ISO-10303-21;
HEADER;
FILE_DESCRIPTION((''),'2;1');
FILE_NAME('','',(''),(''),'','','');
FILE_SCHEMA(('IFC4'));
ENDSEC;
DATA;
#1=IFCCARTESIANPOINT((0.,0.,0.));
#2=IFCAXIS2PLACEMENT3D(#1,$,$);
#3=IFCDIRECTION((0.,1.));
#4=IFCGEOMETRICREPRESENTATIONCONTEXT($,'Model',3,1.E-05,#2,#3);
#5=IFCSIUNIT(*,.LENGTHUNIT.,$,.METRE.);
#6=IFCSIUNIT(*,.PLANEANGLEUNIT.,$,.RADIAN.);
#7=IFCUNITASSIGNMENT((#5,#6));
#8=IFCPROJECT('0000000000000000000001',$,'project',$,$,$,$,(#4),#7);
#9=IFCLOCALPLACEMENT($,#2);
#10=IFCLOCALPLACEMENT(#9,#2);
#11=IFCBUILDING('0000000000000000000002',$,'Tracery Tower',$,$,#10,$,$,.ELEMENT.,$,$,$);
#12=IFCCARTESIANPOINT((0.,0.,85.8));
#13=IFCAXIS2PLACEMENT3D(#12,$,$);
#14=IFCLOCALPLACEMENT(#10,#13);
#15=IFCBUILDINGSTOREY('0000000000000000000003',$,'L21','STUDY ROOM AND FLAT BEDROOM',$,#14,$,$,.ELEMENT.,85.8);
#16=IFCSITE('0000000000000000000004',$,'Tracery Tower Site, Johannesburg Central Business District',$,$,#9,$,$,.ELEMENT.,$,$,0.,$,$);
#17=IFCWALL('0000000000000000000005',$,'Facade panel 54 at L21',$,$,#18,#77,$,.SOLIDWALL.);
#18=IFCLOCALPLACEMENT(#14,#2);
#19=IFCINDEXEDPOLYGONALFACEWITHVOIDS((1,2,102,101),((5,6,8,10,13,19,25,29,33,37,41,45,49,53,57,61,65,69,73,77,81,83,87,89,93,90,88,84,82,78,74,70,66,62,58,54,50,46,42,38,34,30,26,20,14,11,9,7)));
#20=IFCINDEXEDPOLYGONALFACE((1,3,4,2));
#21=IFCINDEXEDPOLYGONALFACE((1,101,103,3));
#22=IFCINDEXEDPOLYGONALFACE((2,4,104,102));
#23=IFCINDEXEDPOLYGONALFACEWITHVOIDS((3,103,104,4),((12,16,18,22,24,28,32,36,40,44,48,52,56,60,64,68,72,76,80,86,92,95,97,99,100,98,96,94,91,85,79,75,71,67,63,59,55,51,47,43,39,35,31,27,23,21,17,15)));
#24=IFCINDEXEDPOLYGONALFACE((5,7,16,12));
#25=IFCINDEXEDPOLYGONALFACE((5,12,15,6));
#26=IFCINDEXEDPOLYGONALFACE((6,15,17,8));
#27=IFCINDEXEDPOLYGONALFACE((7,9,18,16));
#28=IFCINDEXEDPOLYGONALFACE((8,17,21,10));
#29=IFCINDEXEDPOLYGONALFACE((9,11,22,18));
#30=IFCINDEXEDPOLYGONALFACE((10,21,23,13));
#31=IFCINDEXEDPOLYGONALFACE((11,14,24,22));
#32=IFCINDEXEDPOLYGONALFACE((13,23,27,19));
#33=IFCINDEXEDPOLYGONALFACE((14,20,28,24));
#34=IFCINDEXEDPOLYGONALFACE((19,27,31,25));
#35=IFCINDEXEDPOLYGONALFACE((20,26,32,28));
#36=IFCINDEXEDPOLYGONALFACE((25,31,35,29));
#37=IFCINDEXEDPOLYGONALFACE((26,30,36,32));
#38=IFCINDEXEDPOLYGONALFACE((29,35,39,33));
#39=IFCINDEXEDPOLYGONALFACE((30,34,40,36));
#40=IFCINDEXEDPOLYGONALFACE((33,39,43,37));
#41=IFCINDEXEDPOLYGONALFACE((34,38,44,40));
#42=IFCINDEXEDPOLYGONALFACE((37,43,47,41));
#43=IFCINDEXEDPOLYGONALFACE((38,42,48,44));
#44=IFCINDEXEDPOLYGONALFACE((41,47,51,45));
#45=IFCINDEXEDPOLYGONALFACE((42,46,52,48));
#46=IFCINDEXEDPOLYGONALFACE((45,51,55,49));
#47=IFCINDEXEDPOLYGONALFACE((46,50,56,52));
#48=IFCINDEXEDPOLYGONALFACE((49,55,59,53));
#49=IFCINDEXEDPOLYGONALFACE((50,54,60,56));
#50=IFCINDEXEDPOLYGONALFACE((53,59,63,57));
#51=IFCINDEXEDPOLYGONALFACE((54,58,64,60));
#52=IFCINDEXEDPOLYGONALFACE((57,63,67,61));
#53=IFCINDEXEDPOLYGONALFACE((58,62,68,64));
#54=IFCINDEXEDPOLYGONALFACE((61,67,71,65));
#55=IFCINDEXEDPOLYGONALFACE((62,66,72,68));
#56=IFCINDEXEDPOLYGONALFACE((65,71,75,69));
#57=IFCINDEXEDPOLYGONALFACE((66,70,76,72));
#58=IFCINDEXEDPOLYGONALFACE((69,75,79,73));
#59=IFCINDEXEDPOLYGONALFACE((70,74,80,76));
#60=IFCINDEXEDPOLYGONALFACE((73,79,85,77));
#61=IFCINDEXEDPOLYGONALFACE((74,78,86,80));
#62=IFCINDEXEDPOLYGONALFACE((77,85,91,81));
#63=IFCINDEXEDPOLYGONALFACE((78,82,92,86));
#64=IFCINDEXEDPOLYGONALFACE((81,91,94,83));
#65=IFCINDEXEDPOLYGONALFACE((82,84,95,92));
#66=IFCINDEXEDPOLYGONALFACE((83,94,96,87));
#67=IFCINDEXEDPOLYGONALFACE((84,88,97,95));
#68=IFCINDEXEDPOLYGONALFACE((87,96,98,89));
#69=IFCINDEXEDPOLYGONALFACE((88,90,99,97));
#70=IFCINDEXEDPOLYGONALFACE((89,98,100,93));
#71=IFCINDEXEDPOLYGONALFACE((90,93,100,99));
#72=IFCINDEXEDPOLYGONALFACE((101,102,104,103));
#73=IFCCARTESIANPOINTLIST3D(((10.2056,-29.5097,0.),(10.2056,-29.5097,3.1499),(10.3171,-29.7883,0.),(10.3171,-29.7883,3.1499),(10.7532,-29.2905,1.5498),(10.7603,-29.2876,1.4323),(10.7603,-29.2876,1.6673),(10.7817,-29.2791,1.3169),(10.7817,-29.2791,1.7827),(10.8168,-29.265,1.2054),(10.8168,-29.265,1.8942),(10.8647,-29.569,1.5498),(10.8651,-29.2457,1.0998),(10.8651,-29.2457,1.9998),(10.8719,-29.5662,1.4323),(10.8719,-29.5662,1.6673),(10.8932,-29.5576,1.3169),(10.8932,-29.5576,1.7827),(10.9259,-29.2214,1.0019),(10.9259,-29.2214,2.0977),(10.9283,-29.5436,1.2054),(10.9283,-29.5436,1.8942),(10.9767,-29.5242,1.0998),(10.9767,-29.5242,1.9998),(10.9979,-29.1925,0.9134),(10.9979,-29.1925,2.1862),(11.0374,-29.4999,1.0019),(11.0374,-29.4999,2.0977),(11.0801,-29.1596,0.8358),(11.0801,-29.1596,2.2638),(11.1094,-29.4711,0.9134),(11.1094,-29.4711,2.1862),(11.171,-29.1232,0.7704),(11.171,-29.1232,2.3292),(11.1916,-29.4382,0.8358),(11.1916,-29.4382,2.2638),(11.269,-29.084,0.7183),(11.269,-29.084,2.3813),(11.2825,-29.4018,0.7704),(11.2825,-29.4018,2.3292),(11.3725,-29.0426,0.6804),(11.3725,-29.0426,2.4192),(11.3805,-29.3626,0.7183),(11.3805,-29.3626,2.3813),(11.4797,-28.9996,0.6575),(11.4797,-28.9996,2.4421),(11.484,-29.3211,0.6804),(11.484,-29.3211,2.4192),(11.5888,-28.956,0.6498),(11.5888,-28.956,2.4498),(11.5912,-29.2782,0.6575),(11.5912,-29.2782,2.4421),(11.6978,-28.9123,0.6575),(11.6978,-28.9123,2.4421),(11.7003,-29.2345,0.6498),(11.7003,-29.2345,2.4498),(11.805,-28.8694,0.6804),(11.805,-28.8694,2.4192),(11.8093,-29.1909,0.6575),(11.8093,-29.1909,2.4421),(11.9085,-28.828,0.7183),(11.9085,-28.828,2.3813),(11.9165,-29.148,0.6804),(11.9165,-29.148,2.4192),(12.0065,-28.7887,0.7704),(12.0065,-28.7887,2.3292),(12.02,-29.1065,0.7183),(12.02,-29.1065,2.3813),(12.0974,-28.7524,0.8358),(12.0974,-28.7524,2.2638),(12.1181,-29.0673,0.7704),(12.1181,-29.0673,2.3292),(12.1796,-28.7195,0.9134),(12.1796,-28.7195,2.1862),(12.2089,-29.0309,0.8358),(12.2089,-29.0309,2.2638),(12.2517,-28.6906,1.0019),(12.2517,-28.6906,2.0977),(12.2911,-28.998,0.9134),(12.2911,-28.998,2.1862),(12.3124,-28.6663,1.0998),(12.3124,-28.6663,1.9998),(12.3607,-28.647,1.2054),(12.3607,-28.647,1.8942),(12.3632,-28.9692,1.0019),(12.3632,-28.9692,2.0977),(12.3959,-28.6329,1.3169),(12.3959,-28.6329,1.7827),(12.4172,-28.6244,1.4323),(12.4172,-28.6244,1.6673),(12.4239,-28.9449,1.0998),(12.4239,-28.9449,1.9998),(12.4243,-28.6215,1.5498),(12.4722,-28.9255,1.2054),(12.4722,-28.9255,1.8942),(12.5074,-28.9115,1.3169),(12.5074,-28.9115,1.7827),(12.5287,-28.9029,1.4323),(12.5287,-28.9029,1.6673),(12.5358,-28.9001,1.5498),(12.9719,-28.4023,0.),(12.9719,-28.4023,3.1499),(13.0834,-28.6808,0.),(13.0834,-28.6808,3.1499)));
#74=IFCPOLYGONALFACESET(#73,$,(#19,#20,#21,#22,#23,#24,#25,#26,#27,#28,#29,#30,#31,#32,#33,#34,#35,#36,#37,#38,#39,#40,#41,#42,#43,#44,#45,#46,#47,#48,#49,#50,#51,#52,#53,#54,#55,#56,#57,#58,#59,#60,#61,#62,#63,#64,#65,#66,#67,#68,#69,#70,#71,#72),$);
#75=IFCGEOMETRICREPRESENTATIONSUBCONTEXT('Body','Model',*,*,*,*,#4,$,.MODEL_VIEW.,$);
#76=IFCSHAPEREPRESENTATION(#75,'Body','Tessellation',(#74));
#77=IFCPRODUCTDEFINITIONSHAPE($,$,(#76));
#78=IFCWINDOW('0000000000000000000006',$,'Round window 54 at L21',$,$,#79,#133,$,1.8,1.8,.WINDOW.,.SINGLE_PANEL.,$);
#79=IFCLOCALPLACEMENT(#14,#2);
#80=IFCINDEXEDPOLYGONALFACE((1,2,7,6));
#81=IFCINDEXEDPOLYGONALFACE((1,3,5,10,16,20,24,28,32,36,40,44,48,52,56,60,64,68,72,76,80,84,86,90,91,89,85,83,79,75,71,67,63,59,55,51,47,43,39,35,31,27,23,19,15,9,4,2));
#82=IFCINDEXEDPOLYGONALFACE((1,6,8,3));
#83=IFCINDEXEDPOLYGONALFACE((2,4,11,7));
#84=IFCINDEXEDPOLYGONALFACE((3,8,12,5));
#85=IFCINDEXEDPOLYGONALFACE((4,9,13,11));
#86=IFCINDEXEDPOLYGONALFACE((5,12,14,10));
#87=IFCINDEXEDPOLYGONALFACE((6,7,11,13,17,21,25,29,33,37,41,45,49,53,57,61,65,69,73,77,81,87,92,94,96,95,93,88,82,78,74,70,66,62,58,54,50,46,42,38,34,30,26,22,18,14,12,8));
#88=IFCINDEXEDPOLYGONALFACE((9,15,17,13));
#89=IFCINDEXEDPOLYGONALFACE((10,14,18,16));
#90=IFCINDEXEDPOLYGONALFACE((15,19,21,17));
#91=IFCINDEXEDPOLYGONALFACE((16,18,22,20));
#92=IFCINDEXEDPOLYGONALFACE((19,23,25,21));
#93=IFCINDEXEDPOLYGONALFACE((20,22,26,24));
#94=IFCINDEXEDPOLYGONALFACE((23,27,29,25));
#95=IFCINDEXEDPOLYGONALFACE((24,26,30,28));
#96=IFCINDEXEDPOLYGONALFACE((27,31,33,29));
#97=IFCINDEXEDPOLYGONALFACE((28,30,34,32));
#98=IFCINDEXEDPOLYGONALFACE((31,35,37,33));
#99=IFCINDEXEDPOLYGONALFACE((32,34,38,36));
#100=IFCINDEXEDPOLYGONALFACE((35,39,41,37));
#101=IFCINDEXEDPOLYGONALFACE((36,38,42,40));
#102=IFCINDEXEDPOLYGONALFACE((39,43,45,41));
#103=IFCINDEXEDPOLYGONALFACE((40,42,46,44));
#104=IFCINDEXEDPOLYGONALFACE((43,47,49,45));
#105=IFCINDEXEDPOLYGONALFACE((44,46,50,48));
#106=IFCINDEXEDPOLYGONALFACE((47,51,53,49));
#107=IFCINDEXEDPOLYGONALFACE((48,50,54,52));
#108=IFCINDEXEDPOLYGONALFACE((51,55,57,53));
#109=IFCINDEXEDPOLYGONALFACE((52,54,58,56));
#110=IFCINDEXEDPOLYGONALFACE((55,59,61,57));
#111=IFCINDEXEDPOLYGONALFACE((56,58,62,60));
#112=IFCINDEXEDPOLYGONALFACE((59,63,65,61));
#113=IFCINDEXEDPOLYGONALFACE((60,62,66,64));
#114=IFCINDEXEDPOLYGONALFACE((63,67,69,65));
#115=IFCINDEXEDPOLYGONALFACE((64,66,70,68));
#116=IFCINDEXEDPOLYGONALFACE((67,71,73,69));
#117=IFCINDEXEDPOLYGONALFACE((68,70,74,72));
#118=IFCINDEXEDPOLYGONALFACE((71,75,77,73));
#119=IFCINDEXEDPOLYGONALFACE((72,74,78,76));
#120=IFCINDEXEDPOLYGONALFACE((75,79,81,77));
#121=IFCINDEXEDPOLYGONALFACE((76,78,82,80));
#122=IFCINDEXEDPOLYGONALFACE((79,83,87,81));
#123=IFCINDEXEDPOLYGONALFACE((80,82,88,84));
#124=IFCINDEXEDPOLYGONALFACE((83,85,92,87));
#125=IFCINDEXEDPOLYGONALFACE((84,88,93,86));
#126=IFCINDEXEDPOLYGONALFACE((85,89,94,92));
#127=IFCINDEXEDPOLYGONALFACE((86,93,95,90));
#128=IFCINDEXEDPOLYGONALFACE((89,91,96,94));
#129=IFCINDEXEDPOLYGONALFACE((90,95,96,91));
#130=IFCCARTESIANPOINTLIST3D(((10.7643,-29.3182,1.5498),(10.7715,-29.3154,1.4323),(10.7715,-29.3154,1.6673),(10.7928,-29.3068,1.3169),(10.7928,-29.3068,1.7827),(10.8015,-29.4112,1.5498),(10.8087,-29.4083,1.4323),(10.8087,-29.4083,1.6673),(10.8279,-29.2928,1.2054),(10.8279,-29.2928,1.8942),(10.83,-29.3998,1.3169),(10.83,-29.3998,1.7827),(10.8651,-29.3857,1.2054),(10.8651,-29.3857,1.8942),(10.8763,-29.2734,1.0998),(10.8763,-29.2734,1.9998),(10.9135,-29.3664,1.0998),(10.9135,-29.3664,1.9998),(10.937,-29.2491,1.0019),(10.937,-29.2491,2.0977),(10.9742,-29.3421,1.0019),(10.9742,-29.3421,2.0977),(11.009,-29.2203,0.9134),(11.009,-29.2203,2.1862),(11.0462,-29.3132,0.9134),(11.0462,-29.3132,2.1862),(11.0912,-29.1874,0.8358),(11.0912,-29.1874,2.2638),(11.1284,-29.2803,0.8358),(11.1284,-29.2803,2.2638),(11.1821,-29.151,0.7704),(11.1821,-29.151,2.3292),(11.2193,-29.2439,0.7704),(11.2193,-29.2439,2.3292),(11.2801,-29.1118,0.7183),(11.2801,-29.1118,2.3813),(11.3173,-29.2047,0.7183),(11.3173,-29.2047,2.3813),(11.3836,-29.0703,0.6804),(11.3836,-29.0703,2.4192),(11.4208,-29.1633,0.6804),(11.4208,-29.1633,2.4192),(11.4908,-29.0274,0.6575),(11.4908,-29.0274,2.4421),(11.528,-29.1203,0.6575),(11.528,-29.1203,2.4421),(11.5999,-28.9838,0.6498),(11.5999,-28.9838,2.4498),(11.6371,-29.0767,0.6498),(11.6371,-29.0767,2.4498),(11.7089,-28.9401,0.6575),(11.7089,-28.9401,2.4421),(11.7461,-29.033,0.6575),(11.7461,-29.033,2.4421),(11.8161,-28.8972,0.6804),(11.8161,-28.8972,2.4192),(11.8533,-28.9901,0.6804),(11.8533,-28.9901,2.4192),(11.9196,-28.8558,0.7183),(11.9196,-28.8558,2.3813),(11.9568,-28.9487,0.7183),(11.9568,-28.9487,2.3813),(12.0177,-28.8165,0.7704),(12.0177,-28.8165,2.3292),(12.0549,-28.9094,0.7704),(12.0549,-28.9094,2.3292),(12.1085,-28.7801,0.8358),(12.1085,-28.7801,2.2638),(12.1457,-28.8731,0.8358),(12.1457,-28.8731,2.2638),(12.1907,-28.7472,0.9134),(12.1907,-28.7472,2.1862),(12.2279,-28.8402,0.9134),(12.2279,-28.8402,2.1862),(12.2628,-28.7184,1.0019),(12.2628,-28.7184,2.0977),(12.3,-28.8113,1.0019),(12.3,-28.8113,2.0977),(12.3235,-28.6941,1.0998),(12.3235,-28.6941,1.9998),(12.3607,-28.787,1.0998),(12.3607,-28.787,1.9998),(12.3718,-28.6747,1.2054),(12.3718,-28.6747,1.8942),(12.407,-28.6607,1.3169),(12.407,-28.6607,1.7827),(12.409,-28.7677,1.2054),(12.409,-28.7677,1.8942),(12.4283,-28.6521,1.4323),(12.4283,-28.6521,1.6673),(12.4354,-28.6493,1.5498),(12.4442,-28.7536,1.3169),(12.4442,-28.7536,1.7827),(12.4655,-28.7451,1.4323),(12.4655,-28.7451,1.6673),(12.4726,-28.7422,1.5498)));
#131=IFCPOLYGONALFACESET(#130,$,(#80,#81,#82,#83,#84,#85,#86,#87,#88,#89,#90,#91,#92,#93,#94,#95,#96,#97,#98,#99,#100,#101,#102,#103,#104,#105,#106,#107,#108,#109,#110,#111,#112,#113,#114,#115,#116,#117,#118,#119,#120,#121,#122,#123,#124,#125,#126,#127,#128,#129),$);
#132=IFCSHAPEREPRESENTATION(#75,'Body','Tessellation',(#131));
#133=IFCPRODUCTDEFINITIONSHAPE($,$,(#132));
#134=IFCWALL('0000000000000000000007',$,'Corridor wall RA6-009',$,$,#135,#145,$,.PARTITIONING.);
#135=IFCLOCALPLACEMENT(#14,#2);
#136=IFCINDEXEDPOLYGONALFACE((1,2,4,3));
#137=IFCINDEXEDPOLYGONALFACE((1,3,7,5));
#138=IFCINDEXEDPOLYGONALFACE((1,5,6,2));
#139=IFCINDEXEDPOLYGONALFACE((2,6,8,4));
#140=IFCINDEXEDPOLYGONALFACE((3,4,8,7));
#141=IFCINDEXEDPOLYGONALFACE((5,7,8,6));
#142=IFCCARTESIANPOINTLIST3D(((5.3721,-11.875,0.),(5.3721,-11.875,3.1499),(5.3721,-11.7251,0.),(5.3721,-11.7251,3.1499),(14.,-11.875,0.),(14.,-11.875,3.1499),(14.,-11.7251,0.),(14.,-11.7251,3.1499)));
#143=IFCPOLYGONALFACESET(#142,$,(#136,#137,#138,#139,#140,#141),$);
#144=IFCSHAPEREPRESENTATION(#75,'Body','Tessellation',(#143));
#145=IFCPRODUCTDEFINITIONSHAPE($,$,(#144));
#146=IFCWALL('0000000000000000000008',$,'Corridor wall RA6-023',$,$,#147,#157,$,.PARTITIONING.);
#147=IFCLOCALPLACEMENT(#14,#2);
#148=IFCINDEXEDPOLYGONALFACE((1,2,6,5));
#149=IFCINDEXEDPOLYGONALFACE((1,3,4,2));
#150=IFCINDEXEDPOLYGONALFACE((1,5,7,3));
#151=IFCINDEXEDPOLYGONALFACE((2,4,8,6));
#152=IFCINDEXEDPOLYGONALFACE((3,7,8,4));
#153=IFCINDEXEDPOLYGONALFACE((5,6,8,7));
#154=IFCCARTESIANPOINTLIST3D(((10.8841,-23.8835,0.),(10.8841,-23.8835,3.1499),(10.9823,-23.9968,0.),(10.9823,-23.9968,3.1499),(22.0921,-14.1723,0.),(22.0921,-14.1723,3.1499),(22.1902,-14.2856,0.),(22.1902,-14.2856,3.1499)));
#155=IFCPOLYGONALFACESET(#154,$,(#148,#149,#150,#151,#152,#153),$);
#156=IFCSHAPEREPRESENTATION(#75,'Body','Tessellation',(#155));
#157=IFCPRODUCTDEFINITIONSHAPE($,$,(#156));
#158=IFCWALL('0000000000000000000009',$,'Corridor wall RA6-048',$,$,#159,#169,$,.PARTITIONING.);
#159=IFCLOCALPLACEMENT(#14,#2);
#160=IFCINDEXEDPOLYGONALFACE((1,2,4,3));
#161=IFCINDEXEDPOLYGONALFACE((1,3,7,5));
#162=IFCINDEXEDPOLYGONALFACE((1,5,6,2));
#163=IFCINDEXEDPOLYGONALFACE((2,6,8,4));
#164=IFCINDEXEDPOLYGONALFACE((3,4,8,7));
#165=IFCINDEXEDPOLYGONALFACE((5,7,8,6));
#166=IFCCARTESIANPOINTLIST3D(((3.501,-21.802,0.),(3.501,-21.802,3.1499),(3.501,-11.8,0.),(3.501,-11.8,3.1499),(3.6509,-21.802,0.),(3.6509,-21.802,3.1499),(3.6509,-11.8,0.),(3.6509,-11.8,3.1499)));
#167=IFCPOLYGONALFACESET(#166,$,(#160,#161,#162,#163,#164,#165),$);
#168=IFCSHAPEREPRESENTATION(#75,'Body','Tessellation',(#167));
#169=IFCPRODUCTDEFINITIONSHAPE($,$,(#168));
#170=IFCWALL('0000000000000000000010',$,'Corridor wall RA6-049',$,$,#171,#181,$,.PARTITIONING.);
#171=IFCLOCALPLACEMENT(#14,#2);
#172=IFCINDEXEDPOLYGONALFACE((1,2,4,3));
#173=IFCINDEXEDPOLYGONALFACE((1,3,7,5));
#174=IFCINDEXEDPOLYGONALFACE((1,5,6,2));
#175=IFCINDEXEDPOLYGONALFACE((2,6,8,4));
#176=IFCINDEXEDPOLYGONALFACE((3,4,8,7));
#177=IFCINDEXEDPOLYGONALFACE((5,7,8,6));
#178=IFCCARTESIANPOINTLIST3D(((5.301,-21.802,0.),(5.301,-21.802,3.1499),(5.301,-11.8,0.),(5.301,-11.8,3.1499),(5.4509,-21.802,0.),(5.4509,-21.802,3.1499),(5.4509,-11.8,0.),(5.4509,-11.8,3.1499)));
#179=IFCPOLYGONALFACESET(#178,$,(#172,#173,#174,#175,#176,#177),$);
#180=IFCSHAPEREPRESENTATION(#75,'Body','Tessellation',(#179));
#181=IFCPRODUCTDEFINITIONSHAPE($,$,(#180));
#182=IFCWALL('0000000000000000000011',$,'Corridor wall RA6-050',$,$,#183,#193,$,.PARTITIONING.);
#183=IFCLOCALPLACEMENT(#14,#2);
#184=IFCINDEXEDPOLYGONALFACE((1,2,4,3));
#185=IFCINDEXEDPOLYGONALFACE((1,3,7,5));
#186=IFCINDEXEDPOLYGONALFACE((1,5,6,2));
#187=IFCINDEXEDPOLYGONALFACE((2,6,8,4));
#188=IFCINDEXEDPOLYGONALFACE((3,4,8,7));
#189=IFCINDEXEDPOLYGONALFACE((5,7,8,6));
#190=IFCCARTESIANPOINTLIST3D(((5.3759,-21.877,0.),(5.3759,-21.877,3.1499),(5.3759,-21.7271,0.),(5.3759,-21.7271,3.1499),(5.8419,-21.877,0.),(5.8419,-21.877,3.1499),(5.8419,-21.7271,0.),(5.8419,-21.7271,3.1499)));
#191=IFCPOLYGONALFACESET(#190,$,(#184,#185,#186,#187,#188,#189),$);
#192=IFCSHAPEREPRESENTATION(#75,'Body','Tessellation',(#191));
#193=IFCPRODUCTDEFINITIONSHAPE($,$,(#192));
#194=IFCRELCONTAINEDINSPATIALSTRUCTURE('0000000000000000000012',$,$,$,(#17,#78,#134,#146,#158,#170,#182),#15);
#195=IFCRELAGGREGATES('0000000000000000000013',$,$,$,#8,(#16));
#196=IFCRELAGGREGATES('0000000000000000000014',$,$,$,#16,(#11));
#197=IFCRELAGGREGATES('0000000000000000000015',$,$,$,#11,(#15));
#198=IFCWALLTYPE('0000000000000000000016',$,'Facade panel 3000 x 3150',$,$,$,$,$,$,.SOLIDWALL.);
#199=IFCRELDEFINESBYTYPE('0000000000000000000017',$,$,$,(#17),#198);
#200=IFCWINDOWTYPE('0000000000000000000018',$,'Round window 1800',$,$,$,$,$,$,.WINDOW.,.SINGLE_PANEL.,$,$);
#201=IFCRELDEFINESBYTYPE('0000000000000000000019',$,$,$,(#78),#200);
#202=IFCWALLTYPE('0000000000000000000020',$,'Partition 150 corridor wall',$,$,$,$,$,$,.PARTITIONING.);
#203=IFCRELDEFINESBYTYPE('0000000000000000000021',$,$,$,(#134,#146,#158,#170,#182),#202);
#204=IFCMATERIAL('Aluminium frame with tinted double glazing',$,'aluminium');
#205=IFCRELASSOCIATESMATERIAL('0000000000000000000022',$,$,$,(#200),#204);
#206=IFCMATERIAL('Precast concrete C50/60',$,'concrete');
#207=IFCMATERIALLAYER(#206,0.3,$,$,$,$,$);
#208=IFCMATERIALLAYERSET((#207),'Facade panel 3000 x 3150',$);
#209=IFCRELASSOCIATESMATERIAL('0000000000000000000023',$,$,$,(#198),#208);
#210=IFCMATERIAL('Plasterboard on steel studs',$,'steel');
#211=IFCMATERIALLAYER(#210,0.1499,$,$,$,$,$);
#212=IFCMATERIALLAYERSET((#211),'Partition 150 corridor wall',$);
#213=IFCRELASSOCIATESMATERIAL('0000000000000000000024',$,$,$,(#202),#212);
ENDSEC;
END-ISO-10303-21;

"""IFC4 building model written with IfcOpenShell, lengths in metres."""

from ifc_helpers import new_model, si_unit, direction, frame, frame_2d, origin, origin_2d, place, context, subcontext, project, spatial, rectangle, circle, extrude, material, layer, layer_set, type_object, element, fill, save


model = new_model("IFC4")

# Units and contexts
model_context = context("Model", 3, precision=1e-05, world=origin(), true_north=direction((0.0, 1.0)))
body_context = subcontext(model_context, "Body", "Model", "MODEL_VIEW")
ifc_project = project(units=[si_unit("LENGTHUNIT", "METRE"), si_unit("PLANEANGLEUNIT", "RADIAN")], contexts=[model_context])

# Site, building, storey
site_placement = place(None, origin())
site = spatial("IfcSite", under=ifc_project, at=site_placement, Name="Tracery Tower Site, Johannesburg Central Business District", CompositionType="ELEMENT", RefElevation=0.0)
building_placement = place(site_placement, origin())
building = spatial("IfcBuilding", under=site, at=building_placement, Name="Tracery Tower", CompositionType="ELEMENT")
storey_placement = place(building_placement, frame((0.0, 0.0, 85.8)))
storey = spatial("IfcBuildingStorey", under=building, at=storey_placement, Name="L21", Description="STUDY ROOM AND FLAT BEDROOM", CompositionType="ELEMENT", Elevation=85.8)

# Wall, opening, window
ifc_material_1 = material(Name="Aluminium frame with tinted double glazing", Category="aluminium")
window_type = type_object("IfcWindowType", Name="Round window 1800", PartitioningType="SINGLE_PANEL", PredefinedType="WINDOW", material=ifc_material_1)
ifc_material_2 = material(Name="Precast concrete C50/60", Category="concrete")
ifc_layer_1 = layer(ifc_material_2, 0.3)
ifc_layer_set_1 = layer_set([ifc_layer_1], Name="Facade panel 3000 x 3150")
wall_type_1 = type_object("IfcWallType", Name="Facade panel 3000 x 3150", PredefinedType="SOLIDWALL", material=ifc_layer_set_1)
wall_1_placement = place(storey_placement, frame((10.2615, -29.6489, 0.0), z_axis=(0.0, 0.0, 1.0), x_axis=(0.928375, 0.371645, 0.0)))
wall_1 = element("IfcWall", 1, at=wall_1_placement, inside=storey, type_object=wall_type_1, Name="Facade panel 54 at L21", PredefinedType="SOLIDWALL", context=body_context, shape_type="SweptSolid", body=[
    extrude(rectangle(XDim=2.9797, YDim=0.3, at=frame_2d((1.4897, 0.0))), origin(), (0.0, 0.0, 1.0), 3.1499),
])
opening_1_placement = place(wall_1_placement, frame((1.4897, 0.0, 1.5498)))
opening_1 = element("IfcOpeningElement", 2, at=opening_1_placement, cuts=wall_1, PredefinedType="OPENING", context=body_context, shape_type="SweptSolid", body=[
    extrude(circle(Radius=0.9, at=origin_2d()), frame((0.0, 0.1599, 0.0), z_axis=(0.0, -1.0, 0.0), x_axis=(1.0, 0.0, 0.0)), (0.0, 0.0, 1.0), 0.3201),
])
window_1_placement = place(opening_1_placement, origin())
window_1 = element("IfcWindow", 3, at=window_1_placement, inside=storey, type_object=window_type, Name="Round window 54 at L21", OverallHeight=1.8, OverallWidth=1.8, PartitioningType="SINGLE_PANEL", PredefinedType="WINDOW", context=body_context, shape_type="SweptSolid", body=[
    extrude(circle(Radius=0.9, at=origin_2d()), frame((0.0, 0.1201, 0.0), z_axis=(0.0, -1.0, 0.0), x_axis=(1.0, 0.0, 0.0)), (0.0, 0.0, 1.0), 0.1001),
])
fill(opening_1, window_1)

# Walls
ifc_material_3 = material(Name="Plasterboard on steel studs", Category="steel")
ifc_layer_2 = layer(ifc_material_3, 0.1499)
ifc_layer_set_2 = layer_set([ifc_layer_2], Name="Partition 150 corridor wall")
wall_type_2 = type_object("IfcWallType", Name="Partition 150 corridor wall", PredefinedType="PARTITIONING", material=ifc_layer_set_2)
wall_2_placement = place(storey_placement, frame((5.3721, -11.8, 0.0), z_axis=(0.0, 0.0, 1.0), x_axis=(1.0, 0.0, 0.0)))
element("IfcWall", 4, at=wall_2_placement, inside=storey, type_object=wall_type_2, Name="Corridor wall RA6-009", PredefinedType="PARTITIONING", context=body_context, shape_type="SweptSolid", body=[
    extrude(rectangle(XDim=8.6279, YDim=0.1499, at=frame_2d((4.314, 0.0))), origin(), (0.0, 0.0, 1.0), 3.1499),
])
wall_3_placement = place(storey_placement, frame((10.9331, -23.9402, 0.0), z_axis=(0.0, 0.0, 1.0), x_axis=(0.75577, 0.654837, 0.0)))
element("IfcWall", 5, at=wall_3_placement, inside=storey, type_object=wall_type_2, Name="Corridor wall RA6-023", PredefinedType="PARTITIONING", context=body_context, shape_type="SweptSolid", body=[
    extrude(rectangle(XDim=14.8298, YDim=0.1499, at=frame_2d((7.415, 0.0))), origin(), (0.0, 0.0, 1.0), 3.1499),
])
for number, where, z_axis, x_axis, name in (
    (6, (3.5759, -21.802, 0.0), (0.0, 0.0, 1.0), (0.0, 1.0, 0.0), "Corridor wall RA6-048"),
    (7, (5.376, -21.802, 0.0), (0.0, 0.0, 1.0), (0.0, 1.0, 0.0), "Corridor wall RA6-049"),
):
    element("IfcWall", number, at=place(storey_placement, frame(where, z_axis=z_axis, x_axis=x_axis)), inside=storey, type_object=wall_type_2, Name=name, PredefinedType="PARTITIONING", context=body_context, shape_type="SweptSolid", body=[
        extrude(rectangle(XDim=10.002, YDim=0.1499, at=frame_2d((5.001, 0.0))), origin(), (0.0, 0.0, 1.0), 3.1499),
    ])
wall_4_placement = place(storey_placement, frame((5.376, -21.802, 0.0), z_axis=(0.0, 0.0, 1.0), x_axis=(1.0, 0.0, 0.0)))
element("IfcWall", 8, at=wall_4_placement, inside=storey, type_object=wall_type_2, Name="Corridor wall RA6-050", PredefinedType="PARTITIONING", context=body_context, shape_type="SweptSolid", body=[
    extrude(rectangle(XDim=0.4661, YDim=0.1499, at=frame_2d((0.2329, 0.0))), origin(), (0.0, 0.0, 1.0), 3.1499),
])

save(model, "model.ifc")
